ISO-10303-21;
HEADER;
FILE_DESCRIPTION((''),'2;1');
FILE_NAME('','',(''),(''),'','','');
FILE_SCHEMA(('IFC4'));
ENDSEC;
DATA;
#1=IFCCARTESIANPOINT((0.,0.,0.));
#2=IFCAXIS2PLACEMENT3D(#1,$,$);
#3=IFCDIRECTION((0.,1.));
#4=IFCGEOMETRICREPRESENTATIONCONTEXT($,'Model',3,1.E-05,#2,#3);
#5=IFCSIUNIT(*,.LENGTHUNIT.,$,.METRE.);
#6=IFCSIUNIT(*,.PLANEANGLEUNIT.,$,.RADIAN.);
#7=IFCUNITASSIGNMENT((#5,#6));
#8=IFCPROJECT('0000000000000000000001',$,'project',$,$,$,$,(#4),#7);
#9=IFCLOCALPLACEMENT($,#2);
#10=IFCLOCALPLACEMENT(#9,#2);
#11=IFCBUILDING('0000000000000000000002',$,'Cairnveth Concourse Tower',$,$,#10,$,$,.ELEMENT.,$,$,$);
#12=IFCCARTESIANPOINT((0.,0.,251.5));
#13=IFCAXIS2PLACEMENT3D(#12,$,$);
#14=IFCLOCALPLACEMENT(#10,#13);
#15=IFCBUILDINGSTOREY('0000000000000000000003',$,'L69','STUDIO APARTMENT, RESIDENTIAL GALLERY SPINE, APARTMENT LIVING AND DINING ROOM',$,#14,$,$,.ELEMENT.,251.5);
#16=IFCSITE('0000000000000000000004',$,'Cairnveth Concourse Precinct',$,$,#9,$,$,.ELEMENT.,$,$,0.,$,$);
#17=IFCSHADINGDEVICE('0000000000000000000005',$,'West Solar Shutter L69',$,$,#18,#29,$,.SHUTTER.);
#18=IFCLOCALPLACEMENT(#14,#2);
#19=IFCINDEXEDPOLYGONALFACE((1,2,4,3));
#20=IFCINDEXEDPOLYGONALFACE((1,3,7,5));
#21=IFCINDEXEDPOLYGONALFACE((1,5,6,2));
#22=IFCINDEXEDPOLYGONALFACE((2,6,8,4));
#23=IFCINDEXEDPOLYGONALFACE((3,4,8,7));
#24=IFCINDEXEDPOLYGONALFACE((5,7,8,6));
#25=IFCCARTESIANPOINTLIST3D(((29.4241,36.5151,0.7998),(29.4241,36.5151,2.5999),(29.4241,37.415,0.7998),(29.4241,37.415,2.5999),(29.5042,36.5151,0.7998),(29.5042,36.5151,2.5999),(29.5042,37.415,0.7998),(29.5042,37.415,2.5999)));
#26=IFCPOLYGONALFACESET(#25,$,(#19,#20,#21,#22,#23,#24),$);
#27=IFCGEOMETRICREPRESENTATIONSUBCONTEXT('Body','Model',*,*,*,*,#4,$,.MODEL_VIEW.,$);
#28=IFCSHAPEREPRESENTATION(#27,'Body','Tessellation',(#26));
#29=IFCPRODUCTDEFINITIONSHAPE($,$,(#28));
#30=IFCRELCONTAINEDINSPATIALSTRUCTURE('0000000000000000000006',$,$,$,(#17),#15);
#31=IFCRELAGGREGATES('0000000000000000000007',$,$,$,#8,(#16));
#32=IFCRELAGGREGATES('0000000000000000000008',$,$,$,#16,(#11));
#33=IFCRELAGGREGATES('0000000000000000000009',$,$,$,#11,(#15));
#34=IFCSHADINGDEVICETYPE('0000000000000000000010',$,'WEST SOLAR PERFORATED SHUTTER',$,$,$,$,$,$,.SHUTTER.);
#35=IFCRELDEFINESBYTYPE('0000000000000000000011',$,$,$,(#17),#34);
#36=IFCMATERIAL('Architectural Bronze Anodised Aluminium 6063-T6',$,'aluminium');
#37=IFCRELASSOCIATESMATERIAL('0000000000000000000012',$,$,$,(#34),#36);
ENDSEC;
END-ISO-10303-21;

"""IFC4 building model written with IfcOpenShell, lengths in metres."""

from ifc_helpers import new_model, si_unit, direction, frame, origin, origin_2d, place, context, subcontext, project, spatial, rectangle, extrude, material, type_object, element, save


model = new_model("IFC4")

# Units and contexts
model_context = context("Model", 3, precision=1e-05, world=origin(), true_north=direction((0.0, 1.0)))
body_context = subcontext(model_context, "Body", "Model", "MODEL_VIEW")
ifc_project = project(units=[si_unit("LENGTHUNIT", "METRE"), si_unit("PLANEANGLEUNIT", "RADIAN")], contexts=[model_context])

# Site, building, storey
site_placement = place(None, origin())
site = spatial("IfcSite", under=ifc_project, at=site_placement, Name="Cairnveth Concourse Precinct", CompositionType="ELEMENT", RefElevation=0.0)
building_placement = place(site_placement, origin())
building = spatial("IfcBuilding", under=site, at=building_placement, Name="Cairnveth Concourse Tower", CompositionType="ELEMENT")
storey_placement = place(building_placement, frame((0.0, 0.0, 251.5)))
storey = spatial("IfcBuildingStorey", under=building, at=storey_placement, Name="L69", Description="STUDIO APARTMENT, RESIDENTIAL GALLERY SPINE, APARTMENT LIVING AND DINING ROOM", CompositionType="ELEMENT", Elevation=251.5)

# Shading device
ifc_material_1 = material(Name="Architectural Bronze Anodised Aluminium 6063-T6", Category="aluminium")
shading_device_type = type_object("IfcShadingDeviceType", Name="WEST SOLAR PERFORATED SHUTTER", PredefinedType="SHUTTER", material=ifc_material_1)
shading_device_placement = place(storey_placement, frame((29.4641, 36.9651, 0.7998), z_axis=(0.0, 0.0, 1.0), x_axis=(1.0, 0.0, 0.0)))
element("IfcShadingDevice", 1, at=shading_device_placement, inside=storey, type_object=shading_device_type, Name="West Solar Shutter L69", PredefinedType="SHUTTER", context=body_context, shape_type="SweptSolid", body=[
    extrude(rectangle(XDim=0.0801, YDim=0.8999, at=origin_2d()), origin(), (0.0, 0.0, 1.0), 1.8),
])

save(model, "model.ifc")
